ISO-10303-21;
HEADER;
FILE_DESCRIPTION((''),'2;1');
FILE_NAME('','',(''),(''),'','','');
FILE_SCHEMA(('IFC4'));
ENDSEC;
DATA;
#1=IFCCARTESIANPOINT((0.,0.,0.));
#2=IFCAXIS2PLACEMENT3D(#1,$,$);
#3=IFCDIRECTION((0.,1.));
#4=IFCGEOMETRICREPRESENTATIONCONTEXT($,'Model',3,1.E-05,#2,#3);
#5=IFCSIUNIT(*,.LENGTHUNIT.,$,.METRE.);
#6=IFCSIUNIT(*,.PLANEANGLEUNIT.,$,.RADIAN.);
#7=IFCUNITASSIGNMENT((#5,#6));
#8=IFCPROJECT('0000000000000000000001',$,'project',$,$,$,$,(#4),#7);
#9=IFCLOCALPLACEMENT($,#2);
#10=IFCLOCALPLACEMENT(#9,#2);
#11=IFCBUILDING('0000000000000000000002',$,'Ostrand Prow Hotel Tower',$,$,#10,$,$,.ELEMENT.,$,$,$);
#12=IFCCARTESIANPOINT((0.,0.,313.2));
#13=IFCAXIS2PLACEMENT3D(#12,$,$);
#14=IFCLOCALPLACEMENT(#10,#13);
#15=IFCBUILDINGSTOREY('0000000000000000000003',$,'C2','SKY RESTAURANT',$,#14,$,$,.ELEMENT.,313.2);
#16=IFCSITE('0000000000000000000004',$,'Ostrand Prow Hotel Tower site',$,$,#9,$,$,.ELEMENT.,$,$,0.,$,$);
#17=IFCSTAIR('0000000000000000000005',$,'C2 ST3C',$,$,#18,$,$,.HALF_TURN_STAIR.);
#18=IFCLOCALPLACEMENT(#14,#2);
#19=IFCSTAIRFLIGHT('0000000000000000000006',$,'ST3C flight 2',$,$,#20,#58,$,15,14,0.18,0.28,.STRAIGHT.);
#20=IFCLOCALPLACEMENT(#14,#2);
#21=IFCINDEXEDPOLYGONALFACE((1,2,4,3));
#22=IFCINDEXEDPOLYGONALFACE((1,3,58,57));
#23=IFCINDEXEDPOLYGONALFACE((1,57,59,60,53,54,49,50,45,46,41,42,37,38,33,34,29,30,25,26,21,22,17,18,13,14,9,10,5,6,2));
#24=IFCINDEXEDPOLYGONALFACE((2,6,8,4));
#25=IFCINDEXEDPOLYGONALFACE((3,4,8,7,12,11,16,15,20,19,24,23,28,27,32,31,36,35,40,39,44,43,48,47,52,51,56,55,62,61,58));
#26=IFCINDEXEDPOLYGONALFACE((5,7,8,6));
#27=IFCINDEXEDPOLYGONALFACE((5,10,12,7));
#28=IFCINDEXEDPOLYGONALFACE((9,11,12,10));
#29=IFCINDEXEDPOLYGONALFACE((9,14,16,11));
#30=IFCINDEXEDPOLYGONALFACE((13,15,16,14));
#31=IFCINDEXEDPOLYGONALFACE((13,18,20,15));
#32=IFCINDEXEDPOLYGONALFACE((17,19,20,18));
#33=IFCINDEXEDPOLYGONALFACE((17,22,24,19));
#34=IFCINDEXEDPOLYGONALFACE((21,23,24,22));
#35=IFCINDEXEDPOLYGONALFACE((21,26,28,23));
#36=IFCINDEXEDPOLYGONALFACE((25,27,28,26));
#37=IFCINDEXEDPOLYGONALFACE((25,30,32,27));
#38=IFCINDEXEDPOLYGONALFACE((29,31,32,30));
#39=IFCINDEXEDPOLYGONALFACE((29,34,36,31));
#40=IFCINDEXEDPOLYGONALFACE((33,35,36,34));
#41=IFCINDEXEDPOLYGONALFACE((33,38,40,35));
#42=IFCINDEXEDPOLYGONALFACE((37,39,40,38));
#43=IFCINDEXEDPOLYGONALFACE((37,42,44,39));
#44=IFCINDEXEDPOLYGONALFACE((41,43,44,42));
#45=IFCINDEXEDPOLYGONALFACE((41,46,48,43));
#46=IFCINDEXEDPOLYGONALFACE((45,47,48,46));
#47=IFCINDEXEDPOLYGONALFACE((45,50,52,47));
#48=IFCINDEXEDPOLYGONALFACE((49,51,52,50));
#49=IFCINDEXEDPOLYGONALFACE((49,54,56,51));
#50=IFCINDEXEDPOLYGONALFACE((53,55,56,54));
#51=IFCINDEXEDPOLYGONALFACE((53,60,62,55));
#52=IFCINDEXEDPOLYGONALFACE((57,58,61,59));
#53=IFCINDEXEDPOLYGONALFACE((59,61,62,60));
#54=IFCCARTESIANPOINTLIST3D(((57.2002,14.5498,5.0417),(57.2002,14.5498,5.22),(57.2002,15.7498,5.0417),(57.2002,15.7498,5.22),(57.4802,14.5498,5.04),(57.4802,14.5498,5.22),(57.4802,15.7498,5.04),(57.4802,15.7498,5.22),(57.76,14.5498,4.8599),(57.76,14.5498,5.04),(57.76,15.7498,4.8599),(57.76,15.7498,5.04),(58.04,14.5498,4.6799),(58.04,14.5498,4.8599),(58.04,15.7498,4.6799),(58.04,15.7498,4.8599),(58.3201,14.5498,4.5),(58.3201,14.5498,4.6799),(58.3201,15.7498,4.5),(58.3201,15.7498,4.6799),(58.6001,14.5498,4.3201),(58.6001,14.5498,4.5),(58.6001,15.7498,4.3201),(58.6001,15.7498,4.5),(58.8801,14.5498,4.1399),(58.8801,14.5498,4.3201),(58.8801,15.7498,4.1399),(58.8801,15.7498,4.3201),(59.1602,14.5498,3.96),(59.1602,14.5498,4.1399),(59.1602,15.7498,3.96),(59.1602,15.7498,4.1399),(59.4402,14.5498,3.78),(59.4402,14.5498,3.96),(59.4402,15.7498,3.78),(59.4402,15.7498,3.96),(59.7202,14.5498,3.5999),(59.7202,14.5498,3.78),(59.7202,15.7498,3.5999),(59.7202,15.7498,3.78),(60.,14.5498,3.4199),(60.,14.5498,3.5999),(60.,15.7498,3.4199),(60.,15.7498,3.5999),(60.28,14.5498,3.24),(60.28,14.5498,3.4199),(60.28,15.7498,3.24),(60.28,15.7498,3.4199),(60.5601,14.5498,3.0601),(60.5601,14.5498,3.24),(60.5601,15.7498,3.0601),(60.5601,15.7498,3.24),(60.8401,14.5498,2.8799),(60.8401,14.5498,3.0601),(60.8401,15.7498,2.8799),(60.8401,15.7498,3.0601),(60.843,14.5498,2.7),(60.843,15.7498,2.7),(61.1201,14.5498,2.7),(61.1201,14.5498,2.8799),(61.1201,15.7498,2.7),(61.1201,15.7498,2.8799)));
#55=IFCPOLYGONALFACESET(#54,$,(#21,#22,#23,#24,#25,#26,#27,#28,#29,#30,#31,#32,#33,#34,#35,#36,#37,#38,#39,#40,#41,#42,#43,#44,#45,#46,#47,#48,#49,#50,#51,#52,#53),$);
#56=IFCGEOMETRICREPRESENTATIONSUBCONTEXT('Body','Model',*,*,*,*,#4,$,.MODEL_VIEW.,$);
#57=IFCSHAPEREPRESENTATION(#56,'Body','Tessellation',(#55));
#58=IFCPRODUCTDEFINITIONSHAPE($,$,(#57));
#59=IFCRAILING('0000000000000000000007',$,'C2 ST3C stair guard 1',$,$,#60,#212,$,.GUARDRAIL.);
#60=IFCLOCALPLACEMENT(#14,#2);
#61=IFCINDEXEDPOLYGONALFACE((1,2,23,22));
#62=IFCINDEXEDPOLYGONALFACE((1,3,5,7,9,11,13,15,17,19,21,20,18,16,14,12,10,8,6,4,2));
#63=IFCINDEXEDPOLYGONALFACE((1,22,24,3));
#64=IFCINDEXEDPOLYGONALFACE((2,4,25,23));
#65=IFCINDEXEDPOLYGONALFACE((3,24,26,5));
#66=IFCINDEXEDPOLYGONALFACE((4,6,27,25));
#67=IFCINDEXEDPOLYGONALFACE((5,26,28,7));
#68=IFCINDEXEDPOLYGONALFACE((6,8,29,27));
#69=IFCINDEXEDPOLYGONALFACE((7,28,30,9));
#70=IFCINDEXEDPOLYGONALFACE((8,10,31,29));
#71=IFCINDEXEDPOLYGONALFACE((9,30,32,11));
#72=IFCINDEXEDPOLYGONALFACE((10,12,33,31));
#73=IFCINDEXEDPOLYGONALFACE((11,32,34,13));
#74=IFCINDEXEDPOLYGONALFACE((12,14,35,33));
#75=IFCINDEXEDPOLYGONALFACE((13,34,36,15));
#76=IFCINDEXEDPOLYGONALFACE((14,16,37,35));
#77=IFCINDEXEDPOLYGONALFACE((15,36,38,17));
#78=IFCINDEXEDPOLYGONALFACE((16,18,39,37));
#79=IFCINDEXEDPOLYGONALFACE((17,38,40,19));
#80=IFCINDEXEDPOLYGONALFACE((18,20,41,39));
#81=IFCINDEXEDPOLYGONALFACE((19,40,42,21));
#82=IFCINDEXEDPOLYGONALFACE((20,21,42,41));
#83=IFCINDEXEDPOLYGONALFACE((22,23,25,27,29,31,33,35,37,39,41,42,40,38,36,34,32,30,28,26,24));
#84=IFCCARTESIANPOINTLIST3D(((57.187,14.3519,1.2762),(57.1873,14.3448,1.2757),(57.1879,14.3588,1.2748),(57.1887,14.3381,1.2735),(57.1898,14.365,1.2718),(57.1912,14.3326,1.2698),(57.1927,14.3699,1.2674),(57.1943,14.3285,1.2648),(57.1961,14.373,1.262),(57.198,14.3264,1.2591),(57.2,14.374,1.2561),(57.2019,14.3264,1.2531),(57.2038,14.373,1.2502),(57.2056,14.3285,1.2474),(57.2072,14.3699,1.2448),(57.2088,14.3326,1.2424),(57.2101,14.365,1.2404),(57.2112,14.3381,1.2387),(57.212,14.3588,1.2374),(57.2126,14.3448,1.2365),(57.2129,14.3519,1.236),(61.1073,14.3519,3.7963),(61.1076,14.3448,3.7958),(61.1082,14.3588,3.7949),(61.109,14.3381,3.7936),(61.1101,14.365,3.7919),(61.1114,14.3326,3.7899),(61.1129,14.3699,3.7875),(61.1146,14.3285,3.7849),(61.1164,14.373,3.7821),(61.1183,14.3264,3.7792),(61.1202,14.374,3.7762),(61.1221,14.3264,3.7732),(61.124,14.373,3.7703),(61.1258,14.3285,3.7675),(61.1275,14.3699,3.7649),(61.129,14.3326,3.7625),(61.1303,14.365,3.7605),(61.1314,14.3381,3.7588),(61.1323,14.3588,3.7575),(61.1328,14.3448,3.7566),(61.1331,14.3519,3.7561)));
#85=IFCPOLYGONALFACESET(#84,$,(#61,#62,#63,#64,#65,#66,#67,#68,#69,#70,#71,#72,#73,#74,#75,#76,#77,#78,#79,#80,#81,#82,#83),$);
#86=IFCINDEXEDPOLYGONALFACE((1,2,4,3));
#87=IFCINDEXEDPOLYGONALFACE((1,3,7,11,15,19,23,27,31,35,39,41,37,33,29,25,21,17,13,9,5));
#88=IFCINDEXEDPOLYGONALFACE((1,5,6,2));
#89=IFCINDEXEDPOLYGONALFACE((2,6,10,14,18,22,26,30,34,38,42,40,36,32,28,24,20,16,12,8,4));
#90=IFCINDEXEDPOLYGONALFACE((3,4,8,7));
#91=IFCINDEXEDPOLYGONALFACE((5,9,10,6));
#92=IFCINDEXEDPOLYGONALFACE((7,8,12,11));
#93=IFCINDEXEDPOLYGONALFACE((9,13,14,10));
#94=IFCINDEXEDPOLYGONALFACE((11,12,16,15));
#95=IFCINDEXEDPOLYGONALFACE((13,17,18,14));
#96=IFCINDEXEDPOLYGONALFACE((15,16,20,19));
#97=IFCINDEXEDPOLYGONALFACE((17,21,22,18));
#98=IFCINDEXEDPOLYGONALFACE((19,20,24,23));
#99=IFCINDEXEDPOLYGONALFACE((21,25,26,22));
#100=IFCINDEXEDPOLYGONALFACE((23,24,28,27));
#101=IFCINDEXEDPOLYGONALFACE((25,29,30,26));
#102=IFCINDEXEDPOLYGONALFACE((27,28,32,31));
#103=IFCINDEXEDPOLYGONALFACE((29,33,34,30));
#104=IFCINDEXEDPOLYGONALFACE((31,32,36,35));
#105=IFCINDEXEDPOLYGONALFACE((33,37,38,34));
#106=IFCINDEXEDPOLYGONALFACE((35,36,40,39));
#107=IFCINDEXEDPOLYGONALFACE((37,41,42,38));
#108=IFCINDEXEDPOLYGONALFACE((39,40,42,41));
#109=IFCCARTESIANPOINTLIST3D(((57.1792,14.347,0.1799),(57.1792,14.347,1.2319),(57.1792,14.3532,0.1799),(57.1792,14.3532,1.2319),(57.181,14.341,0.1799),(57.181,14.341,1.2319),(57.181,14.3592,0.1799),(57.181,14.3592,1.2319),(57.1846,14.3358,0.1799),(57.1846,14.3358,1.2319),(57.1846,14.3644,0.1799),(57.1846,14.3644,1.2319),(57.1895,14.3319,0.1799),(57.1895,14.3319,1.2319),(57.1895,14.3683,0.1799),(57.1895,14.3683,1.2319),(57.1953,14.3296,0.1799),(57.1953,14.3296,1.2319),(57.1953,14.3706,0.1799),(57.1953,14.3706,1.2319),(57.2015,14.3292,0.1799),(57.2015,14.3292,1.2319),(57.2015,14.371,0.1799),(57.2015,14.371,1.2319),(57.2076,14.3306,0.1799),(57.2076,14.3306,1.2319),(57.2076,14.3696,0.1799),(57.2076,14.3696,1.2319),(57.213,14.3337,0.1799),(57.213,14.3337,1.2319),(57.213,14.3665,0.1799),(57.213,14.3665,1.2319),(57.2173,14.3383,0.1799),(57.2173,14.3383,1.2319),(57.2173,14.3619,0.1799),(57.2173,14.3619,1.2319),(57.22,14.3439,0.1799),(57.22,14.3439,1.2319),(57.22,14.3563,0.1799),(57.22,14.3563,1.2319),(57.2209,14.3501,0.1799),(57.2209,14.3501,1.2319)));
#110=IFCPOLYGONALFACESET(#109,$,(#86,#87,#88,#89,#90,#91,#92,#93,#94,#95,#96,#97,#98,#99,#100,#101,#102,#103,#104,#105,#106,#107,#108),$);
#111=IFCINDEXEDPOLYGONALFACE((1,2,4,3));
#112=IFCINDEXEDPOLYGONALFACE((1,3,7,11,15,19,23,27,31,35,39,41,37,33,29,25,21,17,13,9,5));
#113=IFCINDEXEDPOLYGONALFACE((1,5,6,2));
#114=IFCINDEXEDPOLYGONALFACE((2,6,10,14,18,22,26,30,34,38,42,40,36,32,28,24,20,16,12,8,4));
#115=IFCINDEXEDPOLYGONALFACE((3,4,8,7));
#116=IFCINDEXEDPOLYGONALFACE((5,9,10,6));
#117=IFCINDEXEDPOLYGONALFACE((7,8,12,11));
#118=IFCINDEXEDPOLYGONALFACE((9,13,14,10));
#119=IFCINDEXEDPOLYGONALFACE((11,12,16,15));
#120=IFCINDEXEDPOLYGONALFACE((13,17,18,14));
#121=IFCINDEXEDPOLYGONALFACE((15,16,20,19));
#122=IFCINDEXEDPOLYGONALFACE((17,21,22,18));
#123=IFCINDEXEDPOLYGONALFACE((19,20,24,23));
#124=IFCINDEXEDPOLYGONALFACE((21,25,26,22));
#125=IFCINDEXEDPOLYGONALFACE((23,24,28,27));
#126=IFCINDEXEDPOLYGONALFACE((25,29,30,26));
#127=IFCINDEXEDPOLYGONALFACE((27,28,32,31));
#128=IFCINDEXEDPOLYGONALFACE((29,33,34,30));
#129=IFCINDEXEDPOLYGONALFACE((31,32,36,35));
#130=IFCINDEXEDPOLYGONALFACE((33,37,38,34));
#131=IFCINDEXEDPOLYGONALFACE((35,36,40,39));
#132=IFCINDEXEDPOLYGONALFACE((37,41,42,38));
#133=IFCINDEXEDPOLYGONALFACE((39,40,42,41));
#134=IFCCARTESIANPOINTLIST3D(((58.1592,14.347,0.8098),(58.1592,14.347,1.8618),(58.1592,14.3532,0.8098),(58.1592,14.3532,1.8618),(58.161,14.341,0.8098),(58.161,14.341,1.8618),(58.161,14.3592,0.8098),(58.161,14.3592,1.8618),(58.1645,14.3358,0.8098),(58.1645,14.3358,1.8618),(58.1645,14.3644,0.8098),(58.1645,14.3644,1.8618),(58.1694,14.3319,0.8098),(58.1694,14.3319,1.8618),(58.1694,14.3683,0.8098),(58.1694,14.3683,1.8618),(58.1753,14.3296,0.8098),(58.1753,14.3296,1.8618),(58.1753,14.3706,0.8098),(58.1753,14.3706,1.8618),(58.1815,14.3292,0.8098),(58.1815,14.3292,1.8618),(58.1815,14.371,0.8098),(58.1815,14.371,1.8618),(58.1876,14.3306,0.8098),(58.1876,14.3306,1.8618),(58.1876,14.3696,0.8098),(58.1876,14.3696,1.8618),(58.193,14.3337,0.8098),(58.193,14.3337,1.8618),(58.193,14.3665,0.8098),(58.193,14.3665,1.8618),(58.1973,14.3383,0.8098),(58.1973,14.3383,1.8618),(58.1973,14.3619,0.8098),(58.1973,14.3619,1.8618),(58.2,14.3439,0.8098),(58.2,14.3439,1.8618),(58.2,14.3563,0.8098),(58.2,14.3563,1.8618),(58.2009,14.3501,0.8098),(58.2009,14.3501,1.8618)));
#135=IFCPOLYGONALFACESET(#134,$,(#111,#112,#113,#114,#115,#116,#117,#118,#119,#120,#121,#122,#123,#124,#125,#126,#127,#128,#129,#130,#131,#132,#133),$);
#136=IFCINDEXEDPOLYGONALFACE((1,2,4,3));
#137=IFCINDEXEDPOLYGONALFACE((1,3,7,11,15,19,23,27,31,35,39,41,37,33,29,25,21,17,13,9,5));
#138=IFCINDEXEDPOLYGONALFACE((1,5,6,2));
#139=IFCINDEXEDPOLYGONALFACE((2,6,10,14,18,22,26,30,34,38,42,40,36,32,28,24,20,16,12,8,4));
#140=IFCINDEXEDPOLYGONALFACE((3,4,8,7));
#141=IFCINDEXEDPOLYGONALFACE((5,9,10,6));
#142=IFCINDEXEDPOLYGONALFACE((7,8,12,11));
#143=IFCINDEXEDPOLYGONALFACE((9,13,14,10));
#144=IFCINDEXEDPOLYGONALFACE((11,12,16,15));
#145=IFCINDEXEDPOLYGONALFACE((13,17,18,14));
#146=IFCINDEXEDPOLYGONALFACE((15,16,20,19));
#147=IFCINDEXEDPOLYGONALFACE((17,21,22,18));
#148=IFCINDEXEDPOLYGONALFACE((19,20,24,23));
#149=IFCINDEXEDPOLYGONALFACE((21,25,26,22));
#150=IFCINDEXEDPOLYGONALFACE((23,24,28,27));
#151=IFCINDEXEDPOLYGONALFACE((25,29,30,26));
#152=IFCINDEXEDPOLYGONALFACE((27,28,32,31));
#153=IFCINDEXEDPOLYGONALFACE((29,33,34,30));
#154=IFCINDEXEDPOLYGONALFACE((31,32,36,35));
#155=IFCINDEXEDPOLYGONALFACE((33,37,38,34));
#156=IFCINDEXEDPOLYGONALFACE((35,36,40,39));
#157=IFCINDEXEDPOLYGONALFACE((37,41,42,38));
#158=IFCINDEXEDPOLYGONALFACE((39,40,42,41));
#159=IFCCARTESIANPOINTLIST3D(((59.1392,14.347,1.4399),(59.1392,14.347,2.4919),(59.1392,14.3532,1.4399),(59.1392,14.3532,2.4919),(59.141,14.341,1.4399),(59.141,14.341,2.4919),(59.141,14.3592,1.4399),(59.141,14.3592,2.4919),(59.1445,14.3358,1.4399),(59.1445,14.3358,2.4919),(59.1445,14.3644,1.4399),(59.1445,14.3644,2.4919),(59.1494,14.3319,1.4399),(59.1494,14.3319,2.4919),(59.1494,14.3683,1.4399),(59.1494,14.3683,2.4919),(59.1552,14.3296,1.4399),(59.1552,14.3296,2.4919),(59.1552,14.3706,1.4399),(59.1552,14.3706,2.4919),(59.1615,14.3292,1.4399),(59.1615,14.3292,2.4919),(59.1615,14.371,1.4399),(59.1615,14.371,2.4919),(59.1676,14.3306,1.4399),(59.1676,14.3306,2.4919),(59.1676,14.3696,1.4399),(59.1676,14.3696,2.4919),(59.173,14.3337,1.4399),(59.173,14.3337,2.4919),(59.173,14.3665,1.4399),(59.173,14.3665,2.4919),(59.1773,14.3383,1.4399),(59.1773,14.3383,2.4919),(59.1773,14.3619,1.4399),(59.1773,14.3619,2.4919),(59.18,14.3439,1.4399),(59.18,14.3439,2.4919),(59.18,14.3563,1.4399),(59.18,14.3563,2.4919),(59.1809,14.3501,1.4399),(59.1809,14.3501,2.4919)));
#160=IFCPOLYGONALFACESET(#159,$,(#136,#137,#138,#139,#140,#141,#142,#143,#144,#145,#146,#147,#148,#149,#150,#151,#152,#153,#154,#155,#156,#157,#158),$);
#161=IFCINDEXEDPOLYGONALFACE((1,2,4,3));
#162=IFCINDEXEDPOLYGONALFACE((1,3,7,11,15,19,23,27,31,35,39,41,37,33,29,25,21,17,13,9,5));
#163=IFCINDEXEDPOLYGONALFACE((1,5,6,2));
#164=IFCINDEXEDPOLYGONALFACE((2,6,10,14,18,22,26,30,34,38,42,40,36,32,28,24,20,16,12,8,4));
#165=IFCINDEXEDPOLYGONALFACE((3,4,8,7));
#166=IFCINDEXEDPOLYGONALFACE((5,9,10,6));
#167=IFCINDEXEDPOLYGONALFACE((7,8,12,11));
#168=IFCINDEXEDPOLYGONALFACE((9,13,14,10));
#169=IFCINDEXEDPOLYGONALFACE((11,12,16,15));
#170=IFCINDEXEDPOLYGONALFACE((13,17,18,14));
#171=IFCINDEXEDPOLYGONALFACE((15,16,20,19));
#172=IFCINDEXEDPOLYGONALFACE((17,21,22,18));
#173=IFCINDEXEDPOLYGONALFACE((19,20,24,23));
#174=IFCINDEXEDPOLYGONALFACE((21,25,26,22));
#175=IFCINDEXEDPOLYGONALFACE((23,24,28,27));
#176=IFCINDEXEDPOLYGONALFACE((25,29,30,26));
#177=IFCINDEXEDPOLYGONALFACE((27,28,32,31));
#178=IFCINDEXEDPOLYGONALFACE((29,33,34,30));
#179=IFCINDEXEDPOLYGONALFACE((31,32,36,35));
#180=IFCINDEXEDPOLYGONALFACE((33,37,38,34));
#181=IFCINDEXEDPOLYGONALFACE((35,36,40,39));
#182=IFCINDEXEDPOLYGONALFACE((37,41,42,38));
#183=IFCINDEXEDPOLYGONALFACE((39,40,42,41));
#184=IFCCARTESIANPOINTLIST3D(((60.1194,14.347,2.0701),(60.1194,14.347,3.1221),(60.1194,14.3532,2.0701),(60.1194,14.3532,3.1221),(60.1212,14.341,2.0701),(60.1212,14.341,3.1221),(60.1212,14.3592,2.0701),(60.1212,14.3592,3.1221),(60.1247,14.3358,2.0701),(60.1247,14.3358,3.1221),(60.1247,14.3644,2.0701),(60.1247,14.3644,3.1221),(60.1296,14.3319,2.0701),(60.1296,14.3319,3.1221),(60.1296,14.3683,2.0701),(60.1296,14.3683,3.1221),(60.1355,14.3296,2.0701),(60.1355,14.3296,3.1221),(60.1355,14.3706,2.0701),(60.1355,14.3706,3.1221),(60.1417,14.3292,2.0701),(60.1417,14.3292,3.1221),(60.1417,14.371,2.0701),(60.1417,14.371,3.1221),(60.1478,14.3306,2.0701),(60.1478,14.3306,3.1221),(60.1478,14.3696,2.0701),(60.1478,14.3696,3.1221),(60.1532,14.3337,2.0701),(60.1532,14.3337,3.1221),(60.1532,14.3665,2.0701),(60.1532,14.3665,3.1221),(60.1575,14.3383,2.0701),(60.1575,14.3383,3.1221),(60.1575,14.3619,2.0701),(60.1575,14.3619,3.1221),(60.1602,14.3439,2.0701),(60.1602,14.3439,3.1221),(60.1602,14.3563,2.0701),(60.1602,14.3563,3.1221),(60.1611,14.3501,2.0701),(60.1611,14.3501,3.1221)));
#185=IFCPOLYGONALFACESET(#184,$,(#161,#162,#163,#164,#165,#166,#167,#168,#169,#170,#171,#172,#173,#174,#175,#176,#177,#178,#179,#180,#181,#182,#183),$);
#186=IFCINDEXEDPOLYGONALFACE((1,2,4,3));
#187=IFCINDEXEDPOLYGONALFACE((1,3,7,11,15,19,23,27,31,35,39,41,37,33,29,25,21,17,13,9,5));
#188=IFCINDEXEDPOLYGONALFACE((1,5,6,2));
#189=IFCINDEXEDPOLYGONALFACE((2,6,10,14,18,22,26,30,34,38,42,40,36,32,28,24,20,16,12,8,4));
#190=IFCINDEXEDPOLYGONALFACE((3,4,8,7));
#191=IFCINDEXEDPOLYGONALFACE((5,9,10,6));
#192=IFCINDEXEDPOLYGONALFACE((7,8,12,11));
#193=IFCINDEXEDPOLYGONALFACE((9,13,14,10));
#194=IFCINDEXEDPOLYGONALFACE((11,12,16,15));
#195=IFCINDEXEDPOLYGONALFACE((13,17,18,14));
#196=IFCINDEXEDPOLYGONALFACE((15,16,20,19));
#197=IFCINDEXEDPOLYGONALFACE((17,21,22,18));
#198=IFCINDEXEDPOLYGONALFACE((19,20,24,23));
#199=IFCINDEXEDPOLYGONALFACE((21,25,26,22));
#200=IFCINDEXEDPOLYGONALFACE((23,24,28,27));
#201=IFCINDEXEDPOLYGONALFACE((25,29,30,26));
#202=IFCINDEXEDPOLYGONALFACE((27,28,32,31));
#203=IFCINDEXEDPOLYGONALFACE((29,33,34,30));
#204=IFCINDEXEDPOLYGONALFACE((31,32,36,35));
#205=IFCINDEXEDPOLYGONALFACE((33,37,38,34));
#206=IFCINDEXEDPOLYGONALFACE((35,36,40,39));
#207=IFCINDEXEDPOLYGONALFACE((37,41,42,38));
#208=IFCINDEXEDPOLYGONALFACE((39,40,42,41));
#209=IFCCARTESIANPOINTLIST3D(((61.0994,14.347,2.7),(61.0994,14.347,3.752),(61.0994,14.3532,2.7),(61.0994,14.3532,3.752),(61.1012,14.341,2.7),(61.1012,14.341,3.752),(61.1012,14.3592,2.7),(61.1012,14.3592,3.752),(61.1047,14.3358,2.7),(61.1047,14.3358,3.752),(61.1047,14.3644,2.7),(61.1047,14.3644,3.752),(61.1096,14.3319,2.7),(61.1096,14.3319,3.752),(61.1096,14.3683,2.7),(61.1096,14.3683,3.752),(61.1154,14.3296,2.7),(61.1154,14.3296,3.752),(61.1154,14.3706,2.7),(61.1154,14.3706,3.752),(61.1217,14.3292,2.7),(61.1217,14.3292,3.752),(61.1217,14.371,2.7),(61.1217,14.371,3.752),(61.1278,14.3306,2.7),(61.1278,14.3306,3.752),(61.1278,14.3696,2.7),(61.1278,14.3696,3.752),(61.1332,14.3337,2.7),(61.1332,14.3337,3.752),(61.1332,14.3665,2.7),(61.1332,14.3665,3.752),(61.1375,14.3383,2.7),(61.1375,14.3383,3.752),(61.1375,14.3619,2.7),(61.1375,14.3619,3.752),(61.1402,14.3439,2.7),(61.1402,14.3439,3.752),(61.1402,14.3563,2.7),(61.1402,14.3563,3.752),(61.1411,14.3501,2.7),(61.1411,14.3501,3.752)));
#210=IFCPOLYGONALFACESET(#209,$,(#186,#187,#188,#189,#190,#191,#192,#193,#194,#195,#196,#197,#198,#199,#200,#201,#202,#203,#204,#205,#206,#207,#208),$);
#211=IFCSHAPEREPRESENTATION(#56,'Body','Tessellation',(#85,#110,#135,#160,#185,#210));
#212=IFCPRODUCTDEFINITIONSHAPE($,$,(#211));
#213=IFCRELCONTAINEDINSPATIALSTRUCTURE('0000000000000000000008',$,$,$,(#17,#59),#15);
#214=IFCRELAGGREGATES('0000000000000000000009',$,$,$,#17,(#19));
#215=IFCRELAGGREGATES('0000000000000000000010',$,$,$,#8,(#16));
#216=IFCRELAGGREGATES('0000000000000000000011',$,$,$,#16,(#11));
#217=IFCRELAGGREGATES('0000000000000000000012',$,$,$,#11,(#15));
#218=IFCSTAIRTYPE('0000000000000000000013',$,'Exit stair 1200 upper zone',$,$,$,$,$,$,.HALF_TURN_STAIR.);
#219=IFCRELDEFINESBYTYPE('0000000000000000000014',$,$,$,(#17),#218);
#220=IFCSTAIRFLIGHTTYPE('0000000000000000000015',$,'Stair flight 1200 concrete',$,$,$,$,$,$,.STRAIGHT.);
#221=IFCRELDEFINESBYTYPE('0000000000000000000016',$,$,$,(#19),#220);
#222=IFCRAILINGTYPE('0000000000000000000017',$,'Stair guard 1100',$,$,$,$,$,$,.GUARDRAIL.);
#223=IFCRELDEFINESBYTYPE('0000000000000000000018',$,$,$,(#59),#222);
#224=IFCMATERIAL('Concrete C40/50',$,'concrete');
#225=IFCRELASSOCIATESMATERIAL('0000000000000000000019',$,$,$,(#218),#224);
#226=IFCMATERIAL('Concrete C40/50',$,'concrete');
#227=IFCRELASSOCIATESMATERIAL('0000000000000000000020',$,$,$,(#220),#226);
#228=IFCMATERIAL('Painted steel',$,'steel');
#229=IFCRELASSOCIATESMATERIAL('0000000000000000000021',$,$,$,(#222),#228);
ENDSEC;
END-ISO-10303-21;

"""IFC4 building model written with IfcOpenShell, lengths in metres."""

from ifc_helpers import new_model, si_unit, direction, frame, origin, origin_2d, place, context, subcontext, project, spatial, polyline, circle, outline, extrude, material, type_object, element, aggregate, save


model = new_model("IFC4")

# Units and contexts
model_context = context("Model", 3, precision=1e-05, world=origin(), true_north=direction((0.0, 1.0)))
body_context = subcontext(model_context, "Body", "Model", "MODEL_VIEW")
ifc_project = project(units=[si_unit("LENGTHUNIT", "METRE"), si_unit("PLANEANGLEUNIT", "RADIAN")], contexts=[model_context])

# Site, building, storey
site_placement = place(None, origin())
site = spatial("IfcSite", under=ifc_project, at=site_placement, Name="Ostrand Prow Hotel Tower site", CompositionType="ELEMENT", RefElevation=0.0)
building_placement = place(site_placement, origin())
building = spatial("IfcBuilding", under=site, at=building_placement, Name="Ostrand Prow Hotel Tower", CompositionType="ELEMENT")
storey_placement = place(building_placement, frame((0.0, 0.0, 313.2)))
storey = spatial("IfcBuildingStorey", under=building, at=storey_placement, Name="C2", Description="SKY RESTAURANT", CompositionType="ELEMENT", Elevation=313.2)

# Stair, stair flight
ifc_material_1 = material(Name="Concrete C40/50", Category="concrete")
stair_type = type_object("IfcStairType", Name="Exit stair 1200 upper zone", PredefinedType="HALF_TURN_STAIR", material=ifc_material_1)
stair_placement = place(storey_placement, origin())
stair = element("IfcStair", 1, at=stair_placement, inside=storey, type_object=stair_type, Name="C2 ST3C", PredefinedType="HALF_TURN_STAIR")
ifc_material_2 = material(Name="Concrete C40/50", Category="concrete")
stair_flight_type = type_object("IfcStairFlightType", Name="Stair flight 1200 concrete", PredefinedType="STRAIGHT", material=ifc_material_2)
stair_flight_1_placement = place(storey_placement, frame((61.1201, 15.1499, 2.7), z_axis=(0.0, 0.0, 1.0), x_axis=(-1.0, 0.0, 0.0)))
stair_flight_1 = element("IfcStairFlight", 2, at=stair_flight_1_placement, type_object=stair_flight_type, Name="ST3C flight 2", NumberOfRisers=15, NumberOfTreads=14, PredefinedType="STRAIGHT", RiserHeight=0.18, TreadLength=0.28, context=body_context, shape_type="SweptSolid", body=[
    extrude(outline(polyline([(0.0, 0.0), (0.0, 0.1799), (0.28, 0.1799), (0.28, 0.3601), (0.5601, 0.3601), (0.5601, 0.54), (0.8401, 0.54), (0.8401, 0.72), (1.1201, 0.72), (1.1201, 0.8999), (1.3999, 0.8999), (1.3999, 1.0801), (1.6799, 1.0801), (1.6799, 1.26), (1.96, 1.26), (1.96, 1.4399), (2.24, 1.4399), (2.24, 1.6201), (2.52, 1.6201), (2.52, 1.8), (2.8, 1.8), (2.8, 1.98), (3.0801, 1.98), (3.0801, 2.1599), (3.3601, 2.1599), (3.3601, 2.3401), (3.6399, 2.3401), (3.6399, 2.52), (3.9199, 2.52), (3.9199, 2.7), (3.9199, 2.3418), (0.2771, 0.0), (0.0, 0.0)])), frame((0.0, 0.6001, 0.0), z_axis=(0.0, -1.0, 0.0), x_axis=(1.0, 0.0, 0.0)), (0.0, 0.0, 1.0), 1.2),
])
aggregate(stair, [stair_flight_1])

# Railing
ifc_material_3 = material(Name="Painted steel", Category="steel")
railing_type_1 = type_object("IfcRailingType", Name="Stair guard 1100", PredefinedType="GUARDRAIL", material=ifc_material_3)
railing_1_placement = place(storey_placement, frame((57.2, 14.3501, 0.1799)))
element("IfcRailing", 3, at=railing_1_placement, inside=storey, type_object=railing_type_1, Name="C2 ST3C stair guard 1", PredefinedType="GUARDRAIL", context=body_context, shape_type="SweptSolid", body=[
    extrude(circle(Radius=0.0239, at=origin_2d()), frame((0.0, 0.0, 1.0762), z_axis=(0.841187, 0.0, 0.540744), x_axis=(0.0, 1.0, 0.0)), (0.0, 0.0, 1.0), 4.6604),
    extrude(circle(Radius=0.021, at=origin_2d()), origin(), (0.0, 0.0, 1.0), 1.052),
    extrude(circle(Radius=0.021, at=origin_2d()), frame((0.98, 0.0, 0.6299)), (0.0, 0.0, 1.0), 1.052),
    extrude(circle(Radius=0.021, at=origin_2d()), frame((1.96, 0.0, 1.26)), (0.0, 0.0, 1.0), 1.052),
    extrude(circle(Radius=0.021, at=origin_2d()), frame((2.9402, 0.0, 1.8901)), (0.0, 0.0, 1.0), 1.052),
    extrude(circle(Radius=0.021, at=origin_2d()), frame((3.9202, 0.0, 2.52)), (0.0, 0.0, 1.0), 1.052),
])

save(model, "model.ifc")
